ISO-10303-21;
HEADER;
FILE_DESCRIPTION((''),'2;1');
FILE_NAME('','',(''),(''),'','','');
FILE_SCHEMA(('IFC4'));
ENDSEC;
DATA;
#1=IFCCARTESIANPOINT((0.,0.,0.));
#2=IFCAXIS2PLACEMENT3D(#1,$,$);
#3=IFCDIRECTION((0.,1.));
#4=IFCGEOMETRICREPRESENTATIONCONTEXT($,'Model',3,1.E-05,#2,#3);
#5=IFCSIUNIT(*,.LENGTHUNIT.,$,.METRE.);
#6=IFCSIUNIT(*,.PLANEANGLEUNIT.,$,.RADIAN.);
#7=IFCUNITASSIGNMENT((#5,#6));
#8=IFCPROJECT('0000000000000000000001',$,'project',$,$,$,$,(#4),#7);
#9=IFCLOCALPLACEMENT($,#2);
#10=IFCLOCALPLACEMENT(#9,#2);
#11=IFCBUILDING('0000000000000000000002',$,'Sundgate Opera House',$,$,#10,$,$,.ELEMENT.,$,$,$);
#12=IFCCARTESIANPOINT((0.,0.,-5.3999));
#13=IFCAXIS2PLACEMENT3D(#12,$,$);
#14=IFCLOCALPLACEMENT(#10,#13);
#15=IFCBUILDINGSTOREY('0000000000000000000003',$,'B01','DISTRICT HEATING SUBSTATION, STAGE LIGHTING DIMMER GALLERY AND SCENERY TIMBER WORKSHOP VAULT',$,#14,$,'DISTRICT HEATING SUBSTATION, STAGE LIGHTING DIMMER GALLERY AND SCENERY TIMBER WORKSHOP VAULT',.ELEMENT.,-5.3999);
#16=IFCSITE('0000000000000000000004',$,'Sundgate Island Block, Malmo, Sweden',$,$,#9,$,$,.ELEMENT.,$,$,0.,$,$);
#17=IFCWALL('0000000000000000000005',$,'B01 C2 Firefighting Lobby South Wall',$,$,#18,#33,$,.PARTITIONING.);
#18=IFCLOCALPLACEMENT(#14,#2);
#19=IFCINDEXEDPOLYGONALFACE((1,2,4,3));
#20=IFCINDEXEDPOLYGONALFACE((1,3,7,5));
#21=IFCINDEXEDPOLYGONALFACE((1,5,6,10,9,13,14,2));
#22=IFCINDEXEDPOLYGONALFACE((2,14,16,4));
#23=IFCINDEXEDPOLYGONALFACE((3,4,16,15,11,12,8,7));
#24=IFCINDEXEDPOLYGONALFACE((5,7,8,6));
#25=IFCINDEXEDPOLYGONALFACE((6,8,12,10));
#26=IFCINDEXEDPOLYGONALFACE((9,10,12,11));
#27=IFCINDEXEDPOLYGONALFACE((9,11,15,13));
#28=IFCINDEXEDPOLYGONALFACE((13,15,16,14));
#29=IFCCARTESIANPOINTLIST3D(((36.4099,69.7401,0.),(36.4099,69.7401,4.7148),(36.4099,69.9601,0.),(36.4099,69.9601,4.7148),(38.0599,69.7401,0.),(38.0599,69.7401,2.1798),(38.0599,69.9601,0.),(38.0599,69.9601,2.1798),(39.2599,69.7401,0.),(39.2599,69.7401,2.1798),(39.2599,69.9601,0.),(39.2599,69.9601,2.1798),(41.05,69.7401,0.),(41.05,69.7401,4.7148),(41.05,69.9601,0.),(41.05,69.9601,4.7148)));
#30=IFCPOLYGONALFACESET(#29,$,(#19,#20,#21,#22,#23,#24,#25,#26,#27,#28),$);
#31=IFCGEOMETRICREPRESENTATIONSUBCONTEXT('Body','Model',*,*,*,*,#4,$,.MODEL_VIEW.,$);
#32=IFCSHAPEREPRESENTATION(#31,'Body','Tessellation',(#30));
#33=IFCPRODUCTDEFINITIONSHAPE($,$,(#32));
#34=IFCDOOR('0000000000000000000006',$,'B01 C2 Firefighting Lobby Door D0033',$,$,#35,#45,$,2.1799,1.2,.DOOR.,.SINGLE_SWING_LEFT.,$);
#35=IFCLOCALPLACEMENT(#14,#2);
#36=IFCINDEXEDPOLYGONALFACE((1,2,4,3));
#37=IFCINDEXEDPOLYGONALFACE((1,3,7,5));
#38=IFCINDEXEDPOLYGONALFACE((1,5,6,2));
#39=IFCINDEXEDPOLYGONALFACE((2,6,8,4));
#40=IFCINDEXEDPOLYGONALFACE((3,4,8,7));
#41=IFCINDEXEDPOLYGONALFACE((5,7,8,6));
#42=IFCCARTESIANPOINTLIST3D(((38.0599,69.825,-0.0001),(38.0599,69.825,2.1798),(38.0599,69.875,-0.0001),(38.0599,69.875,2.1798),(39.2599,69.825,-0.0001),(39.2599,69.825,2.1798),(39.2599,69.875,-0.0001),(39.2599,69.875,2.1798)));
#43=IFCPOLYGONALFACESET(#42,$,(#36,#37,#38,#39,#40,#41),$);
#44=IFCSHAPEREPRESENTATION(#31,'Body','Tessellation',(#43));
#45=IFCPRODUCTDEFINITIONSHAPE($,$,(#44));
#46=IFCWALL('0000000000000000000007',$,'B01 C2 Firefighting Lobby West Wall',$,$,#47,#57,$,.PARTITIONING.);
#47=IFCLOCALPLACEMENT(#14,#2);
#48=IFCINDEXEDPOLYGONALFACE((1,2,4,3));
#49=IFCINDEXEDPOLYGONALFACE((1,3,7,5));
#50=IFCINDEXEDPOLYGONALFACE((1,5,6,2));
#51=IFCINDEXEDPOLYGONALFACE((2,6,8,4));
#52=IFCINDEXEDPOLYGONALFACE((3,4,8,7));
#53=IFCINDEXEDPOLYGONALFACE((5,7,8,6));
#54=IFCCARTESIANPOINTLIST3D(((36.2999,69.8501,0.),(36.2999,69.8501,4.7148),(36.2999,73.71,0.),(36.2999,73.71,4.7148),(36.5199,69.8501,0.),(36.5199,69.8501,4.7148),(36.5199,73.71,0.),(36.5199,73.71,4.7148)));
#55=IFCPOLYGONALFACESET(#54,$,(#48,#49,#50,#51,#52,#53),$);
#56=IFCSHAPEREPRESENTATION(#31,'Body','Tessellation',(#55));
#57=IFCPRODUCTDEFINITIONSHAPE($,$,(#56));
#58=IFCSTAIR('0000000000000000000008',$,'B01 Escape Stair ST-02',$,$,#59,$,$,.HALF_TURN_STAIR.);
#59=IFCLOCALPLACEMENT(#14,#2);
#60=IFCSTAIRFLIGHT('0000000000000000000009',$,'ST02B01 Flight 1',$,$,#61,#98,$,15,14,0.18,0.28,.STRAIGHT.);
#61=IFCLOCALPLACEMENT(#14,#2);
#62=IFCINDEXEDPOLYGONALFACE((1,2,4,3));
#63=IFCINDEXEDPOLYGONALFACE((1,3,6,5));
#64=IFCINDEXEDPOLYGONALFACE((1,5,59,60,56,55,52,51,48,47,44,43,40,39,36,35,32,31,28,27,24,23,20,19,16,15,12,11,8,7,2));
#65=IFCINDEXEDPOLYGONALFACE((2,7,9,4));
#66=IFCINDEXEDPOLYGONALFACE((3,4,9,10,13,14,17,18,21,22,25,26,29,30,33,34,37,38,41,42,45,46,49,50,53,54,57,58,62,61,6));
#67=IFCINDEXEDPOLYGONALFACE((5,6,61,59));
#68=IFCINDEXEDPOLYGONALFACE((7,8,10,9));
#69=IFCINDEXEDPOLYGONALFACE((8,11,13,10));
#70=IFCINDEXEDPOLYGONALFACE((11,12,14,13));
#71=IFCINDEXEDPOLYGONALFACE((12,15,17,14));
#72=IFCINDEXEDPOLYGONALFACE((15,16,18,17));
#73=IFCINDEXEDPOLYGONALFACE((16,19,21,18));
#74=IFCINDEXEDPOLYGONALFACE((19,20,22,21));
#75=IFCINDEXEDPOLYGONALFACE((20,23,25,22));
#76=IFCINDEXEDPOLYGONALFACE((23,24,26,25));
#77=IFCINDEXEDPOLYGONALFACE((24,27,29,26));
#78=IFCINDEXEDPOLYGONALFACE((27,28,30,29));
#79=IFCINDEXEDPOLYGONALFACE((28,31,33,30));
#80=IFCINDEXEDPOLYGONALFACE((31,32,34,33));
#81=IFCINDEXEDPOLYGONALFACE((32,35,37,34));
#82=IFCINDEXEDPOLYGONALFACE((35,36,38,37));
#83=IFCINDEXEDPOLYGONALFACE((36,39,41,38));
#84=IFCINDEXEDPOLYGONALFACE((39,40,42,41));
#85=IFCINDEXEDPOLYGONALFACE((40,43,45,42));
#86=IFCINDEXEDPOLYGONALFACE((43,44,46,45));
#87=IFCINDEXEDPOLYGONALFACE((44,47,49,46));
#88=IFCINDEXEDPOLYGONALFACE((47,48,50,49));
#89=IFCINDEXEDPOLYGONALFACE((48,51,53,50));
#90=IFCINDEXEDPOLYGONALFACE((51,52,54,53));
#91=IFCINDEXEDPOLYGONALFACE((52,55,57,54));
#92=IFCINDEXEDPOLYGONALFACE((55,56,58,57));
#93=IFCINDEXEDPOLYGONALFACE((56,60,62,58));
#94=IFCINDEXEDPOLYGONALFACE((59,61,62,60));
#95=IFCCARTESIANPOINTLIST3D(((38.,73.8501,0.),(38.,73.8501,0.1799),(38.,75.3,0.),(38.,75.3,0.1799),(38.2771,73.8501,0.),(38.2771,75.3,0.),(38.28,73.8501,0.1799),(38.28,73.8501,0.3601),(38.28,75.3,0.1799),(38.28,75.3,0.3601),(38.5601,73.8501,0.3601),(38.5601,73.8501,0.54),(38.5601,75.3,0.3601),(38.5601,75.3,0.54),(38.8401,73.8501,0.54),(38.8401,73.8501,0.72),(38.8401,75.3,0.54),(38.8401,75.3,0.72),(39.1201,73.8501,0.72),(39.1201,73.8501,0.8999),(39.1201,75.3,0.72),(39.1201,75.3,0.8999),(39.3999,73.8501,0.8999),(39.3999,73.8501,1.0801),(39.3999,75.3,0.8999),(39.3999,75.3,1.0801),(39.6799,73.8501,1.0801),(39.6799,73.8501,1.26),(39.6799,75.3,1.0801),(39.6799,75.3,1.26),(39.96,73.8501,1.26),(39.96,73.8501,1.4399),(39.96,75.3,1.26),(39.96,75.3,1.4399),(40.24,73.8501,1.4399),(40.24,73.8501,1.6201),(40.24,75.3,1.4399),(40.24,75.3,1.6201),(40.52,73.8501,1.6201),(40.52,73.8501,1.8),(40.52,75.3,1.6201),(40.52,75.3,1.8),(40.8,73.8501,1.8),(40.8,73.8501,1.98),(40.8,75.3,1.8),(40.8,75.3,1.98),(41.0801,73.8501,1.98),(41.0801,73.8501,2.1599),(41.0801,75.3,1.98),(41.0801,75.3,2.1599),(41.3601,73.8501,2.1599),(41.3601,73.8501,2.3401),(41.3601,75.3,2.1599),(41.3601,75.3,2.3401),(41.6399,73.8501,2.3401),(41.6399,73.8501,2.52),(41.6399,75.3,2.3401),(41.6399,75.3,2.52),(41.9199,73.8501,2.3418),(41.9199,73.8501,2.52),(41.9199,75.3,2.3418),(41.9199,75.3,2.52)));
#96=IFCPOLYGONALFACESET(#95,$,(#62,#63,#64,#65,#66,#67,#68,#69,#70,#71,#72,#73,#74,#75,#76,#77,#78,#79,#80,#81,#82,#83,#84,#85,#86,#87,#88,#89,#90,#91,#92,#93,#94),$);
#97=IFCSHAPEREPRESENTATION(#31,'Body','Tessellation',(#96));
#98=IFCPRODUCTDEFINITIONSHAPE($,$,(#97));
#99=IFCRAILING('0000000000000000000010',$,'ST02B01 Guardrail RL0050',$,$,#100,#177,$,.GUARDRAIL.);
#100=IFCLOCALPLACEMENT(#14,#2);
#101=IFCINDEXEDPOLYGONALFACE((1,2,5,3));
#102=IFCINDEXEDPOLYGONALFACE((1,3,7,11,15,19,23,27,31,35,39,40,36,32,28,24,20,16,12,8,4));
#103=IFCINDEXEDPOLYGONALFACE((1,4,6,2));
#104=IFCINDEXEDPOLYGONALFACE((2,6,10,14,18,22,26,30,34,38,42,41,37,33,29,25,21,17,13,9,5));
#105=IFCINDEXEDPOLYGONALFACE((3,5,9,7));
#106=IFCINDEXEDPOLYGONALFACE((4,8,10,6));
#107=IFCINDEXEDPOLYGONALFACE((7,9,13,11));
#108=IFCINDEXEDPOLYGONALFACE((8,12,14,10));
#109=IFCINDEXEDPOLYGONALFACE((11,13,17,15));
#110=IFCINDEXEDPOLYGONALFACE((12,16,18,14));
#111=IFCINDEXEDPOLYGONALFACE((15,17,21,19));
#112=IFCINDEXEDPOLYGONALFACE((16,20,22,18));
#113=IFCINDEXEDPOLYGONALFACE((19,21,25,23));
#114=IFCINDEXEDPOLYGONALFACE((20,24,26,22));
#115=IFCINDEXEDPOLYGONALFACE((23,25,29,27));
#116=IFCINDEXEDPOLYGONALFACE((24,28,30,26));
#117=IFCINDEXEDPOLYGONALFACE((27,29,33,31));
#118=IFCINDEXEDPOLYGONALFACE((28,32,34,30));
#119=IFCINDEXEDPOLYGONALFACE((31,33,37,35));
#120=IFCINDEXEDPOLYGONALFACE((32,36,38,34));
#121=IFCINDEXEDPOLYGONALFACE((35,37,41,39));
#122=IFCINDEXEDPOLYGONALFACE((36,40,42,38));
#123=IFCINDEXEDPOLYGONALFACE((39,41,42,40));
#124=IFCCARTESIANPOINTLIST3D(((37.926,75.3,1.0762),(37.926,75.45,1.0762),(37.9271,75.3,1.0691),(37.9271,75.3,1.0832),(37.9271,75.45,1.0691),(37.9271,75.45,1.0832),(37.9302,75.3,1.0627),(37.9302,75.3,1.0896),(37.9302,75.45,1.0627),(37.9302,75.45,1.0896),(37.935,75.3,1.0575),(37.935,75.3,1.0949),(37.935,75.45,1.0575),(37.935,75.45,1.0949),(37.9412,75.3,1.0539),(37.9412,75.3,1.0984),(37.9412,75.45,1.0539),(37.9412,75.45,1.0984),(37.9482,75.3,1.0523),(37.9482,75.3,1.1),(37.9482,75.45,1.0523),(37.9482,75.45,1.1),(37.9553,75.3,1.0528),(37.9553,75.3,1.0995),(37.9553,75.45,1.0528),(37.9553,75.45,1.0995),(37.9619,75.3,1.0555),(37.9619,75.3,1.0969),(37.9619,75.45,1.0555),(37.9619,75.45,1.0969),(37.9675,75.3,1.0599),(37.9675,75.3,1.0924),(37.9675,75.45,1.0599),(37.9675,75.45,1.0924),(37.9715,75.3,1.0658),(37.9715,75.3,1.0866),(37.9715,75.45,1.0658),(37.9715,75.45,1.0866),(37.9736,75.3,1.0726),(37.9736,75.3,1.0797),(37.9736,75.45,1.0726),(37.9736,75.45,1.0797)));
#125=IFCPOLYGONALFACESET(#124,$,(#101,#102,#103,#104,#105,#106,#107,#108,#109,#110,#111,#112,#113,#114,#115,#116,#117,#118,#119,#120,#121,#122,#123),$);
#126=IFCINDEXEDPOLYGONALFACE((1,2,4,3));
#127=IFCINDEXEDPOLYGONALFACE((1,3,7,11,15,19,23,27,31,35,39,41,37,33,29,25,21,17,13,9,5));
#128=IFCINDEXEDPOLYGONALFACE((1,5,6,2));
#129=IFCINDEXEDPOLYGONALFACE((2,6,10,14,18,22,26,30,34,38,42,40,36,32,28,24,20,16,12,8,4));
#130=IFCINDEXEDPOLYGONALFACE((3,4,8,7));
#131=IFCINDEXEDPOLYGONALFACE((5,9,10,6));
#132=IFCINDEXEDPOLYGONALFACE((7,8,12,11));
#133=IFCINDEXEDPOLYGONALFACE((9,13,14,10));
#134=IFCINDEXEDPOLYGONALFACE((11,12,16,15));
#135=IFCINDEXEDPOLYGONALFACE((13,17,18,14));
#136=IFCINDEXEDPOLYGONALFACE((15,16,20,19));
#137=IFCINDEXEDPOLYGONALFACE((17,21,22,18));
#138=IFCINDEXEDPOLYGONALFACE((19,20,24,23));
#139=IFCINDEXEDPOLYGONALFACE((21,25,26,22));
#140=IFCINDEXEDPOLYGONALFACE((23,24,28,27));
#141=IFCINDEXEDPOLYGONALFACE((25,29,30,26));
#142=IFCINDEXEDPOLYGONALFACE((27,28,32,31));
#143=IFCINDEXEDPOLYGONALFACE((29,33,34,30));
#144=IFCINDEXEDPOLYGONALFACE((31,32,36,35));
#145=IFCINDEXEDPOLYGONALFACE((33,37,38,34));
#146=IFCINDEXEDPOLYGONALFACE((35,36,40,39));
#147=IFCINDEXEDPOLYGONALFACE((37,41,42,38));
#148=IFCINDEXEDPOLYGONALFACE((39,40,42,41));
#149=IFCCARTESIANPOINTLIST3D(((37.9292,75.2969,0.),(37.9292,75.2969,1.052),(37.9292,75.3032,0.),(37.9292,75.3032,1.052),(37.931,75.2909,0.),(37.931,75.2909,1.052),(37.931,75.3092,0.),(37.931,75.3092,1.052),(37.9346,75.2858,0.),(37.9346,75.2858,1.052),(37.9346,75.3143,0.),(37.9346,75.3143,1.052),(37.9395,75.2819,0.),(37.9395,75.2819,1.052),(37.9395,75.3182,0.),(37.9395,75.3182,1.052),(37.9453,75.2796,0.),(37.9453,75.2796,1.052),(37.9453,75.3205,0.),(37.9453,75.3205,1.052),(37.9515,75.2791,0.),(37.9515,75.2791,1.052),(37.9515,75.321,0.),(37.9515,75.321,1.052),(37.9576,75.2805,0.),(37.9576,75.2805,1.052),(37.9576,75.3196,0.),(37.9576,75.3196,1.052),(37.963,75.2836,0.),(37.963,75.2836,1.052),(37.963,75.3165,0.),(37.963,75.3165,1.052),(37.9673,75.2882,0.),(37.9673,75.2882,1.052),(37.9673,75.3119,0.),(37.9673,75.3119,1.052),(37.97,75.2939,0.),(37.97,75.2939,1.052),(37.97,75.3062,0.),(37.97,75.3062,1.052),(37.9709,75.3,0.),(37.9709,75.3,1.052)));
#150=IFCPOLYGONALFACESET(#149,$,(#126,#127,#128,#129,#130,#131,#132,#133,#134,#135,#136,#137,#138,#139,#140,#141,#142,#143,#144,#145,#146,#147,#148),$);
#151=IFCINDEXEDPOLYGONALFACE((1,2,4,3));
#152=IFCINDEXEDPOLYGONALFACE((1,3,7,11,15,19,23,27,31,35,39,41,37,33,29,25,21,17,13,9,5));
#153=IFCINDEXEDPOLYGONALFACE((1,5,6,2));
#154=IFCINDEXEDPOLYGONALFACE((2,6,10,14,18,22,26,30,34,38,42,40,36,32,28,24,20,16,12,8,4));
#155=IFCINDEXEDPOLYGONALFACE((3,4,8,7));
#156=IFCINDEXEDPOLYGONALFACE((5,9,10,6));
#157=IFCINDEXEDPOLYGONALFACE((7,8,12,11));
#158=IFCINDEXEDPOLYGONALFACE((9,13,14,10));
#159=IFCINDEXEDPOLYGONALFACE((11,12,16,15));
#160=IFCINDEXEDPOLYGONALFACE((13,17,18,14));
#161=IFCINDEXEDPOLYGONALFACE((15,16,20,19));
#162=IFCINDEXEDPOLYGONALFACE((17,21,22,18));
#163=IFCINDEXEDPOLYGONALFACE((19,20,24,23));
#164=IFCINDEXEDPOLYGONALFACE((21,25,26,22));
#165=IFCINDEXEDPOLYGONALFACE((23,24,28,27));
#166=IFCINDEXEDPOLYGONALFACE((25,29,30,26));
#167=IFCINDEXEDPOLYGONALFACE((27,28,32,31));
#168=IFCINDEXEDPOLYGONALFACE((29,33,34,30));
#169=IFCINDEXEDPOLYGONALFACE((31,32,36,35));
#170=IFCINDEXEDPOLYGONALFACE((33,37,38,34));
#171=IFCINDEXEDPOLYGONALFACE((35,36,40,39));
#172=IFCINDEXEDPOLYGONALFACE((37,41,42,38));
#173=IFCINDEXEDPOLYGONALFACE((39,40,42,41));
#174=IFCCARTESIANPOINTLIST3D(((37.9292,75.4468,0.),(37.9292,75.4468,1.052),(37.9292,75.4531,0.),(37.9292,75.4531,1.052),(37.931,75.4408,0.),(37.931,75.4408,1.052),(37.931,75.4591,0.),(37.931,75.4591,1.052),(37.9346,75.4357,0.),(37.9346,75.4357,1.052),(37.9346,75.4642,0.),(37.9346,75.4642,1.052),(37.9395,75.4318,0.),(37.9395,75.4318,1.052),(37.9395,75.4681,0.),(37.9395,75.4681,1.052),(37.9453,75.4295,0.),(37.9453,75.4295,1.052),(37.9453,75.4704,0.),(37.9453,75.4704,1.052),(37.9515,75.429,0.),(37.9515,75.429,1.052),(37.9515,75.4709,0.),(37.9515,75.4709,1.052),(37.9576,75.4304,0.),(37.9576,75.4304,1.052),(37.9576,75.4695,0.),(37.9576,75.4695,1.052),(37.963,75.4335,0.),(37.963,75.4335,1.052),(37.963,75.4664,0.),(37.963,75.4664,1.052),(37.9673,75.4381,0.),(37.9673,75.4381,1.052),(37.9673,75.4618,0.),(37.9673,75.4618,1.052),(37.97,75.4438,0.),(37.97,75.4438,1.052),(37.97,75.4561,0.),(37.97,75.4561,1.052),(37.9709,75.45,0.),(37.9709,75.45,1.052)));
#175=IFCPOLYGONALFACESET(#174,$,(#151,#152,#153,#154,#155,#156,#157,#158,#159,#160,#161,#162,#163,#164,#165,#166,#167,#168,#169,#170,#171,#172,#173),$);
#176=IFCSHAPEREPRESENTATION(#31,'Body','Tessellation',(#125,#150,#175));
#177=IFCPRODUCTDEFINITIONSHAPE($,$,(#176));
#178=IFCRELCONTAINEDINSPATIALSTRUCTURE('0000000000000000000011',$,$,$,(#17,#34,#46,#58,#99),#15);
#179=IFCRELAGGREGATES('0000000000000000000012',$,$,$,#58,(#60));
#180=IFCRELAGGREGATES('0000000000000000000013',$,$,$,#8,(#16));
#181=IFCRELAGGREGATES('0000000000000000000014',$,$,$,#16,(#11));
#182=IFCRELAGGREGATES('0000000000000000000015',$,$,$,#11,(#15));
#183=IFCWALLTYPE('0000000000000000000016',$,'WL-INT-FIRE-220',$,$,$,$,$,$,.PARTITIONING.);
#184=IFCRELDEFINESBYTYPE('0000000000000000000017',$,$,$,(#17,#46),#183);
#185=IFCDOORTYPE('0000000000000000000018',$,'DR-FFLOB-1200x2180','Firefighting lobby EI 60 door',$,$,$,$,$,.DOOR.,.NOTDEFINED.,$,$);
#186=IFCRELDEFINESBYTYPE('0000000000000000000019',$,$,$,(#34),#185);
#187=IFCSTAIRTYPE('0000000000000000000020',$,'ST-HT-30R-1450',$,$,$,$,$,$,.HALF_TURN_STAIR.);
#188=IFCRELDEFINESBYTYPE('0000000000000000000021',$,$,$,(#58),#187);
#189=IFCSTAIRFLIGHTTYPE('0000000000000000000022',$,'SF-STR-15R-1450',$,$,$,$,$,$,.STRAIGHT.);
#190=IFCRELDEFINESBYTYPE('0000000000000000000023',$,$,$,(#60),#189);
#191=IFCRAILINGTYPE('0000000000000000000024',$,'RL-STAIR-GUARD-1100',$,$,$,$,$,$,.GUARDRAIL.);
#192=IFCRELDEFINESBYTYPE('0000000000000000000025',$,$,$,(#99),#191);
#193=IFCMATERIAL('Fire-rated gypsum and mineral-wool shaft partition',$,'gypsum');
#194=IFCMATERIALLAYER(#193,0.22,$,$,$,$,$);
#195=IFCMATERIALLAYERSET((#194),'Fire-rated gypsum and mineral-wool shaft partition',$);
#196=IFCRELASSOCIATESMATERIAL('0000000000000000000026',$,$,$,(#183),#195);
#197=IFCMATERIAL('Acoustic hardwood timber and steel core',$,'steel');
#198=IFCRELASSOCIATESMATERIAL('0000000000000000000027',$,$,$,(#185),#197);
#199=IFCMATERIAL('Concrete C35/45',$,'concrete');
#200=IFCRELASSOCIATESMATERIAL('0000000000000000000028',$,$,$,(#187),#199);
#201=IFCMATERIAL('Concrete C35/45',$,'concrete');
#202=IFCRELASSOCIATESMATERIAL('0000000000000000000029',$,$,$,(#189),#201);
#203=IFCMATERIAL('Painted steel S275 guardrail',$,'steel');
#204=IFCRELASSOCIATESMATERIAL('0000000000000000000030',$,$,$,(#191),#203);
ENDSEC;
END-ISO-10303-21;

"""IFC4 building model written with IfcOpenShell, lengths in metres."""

from ifc_helpers import new_model, si_unit, direction, frame, frame_2d, origin, origin_2d, place, context, subcontext, project, spatial, polyline, rectangle, circle, outline, extrude, material, layer, layer_set, type_object, element, fill, aggregate, save


model = new_model("IFC4")

# Units and contexts
model_context = context("Model", 3, precision=1e-05, world=origin(), true_north=direction((0.0, 1.0)))
body_context = subcontext(model_context, "Body", "Model", "MODEL_VIEW")
ifc_project = project(units=[si_unit("LENGTHUNIT", "METRE"), si_unit("PLANEANGLEUNIT", "RADIAN")], contexts=[model_context])

# Site, building, storey
site_placement = place(None, origin())
site = spatial("IfcSite", under=ifc_project, at=site_placement, Name="Sundgate Island Block, Malmo, Sweden", CompositionType="ELEMENT", RefElevation=0.0)
building_placement = place(site_placement, origin())
building = spatial("IfcBuilding", under=site, at=building_placement, Name="Sundgate Opera House", CompositionType="ELEMENT")
storey_placement = place(building_placement, frame((0.0, 0.0, -5.3999)))
storey = spatial("IfcBuildingStorey", under=building, at=storey_placement, Name="B01", Description="DISTRICT HEATING SUBSTATION, STAGE LIGHTING DIMMER GALLERY AND SCENERY TIMBER WORKSHOP VAULT", LongName="DISTRICT HEATING SUBSTATION, STAGE LIGHTING DIMMER GALLERY AND SCENERY TIMBER WORKSHOP VAULT", CompositionType="ELEMENT", Elevation=-5.3999)

# Wall, opening, door
ifc_material_1 = material(Name="Fire-rated gypsum and mineral-wool shaft partition", Category="gypsum")
ifc_layer_1 = layer(ifc_material_1, 0.22)
ifc_layer_set_1 = layer_set([ifc_layer_1], Name="Fire-rated gypsum and mineral-wool shaft partition")
wall_type_1 = type_object("IfcWallType", Name="WL-INT-FIRE-220", PredefinedType="PARTITIONING", material=ifc_layer_set_1)
wall_1_placement = place(storey_placement, frame((36.4099, 69.8501, 0.0), z_axis=(0.0, 0.0, 1.0), x_axis=(1.0, 0.0, 0.0)))
wall_1 = element("IfcWall", 1, at=wall_1_placement, inside=storey, type_object=wall_type_1, Name="B01 C2 Firefighting Lobby South Wall", PredefinedType="PARTITIONING", context=body_context, shape_type="SweptSolid", body=[
    extrude(rectangle(XDim=4.6401, YDim=0.22, at=frame_2d((2.3201, 0.0))), origin(), (0.0, 0.0, 1.0), 4.7148),
])
opening_1_placement = place(wall_1_placement, frame((1.6499, 0.0, 0.0)))
opening_1 = element("IfcOpeningElement", 2, at=opening_1_placement, cuts=wall_1, PredefinedType="OPENING", context=body_context, shape_type="SweptSolid", body=[
    extrude(rectangle(XDim=1.2, YDim=2.1799, at=frame_2d((0.6001, 1.0898))), frame((0.0, 0.1199, 0.0), z_axis=(0.0, -1.0, 0.0), x_axis=(1.0, 0.0, 0.0)), (0.0, 0.0, 1.0), 0.24),
])
ifc_material_2 = material(Name="Acoustic hardwood timber and steel core", Category="steel")
door_type_1 = type_object("IfcDoorType", Name="DR-FFLOB-1200x2180", Description="Firefighting lobby EI 60 door", OperationType="NOTDEFINED", PredefinedType="DOOR", material=ifc_material_2)
door_1_placement = place(opening_1_placement, origin())
door_1 = element("IfcDoor", 3, at=door_1_placement, inside=storey, type_object=door_type_1, Name="B01 C2 Firefighting Lobby Door D0033", OperationType="SINGLE_SWING_LEFT", OverallHeight=2.1799, OverallWidth=1.2, PredefinedType="DOOR", context=body_context, shape_type="SweptSolid", body=[
    extrude(rectangle(XDim=1.2, YDim=2.1799, at=frame_2d((0.6001, 1.0898))), frame((0.0, 0.0249, 0.0), z_axis=(0.0, -1.0, 0.0), x_axis=(1.0, 0.0, 0.0)), (0.0, 0.0, 1.0), 0.05),
])
fill(opening_1, door_1)

# Wall
wall_2_placement = place(storey_placement, frame((36.4099, 69.8501, 0.0), z_axis=(0.0, 0.0, 1.0), x_axis=(0.0, 1.0, 0.0)))
element("IfcWall", 4, at=wall_2_placement, inside=storey, type_object=wall_type_1, Name="B01 C2 Firefighting Lobby West Wall", PredefinedType="PARTITIONING", context=body_context, shape_type="SweptSolid", body=[
    extrude(rectangle(XDim=3.8599, YDim=0.22, at=frame_2d((1.9299, 0.0))), origin(), (0.0, 0.0, 1.0), 4.7148),
])

# Stair, stair flight
ifc_material_3 = material(Name="Concrete C35/45", Category="concrete")
stair_type = type_object("IfcStairType", Name="ST-HT-30R-1450", PredefinedType="HALF_TURN_STAIR", material=ifc_material_3)
stair_placement = place(storey_placement, origin())
stair = element("IfcStair", 5, at=stair_placement, inside=storey, type_object=stair_type, Name="B01 Escape Stair ST-02", PredefinedType="HALF_TURN_STAIR")
ifc_material_4 = material(Name="Concrete C35/45", Category="concrete")
stair_flight_type = type_object("IfcStairFlightType", Name="SF-STR-15R-1450", PredefinedType="STRAIGHT", material=ifc_material_4)
stair_flight_placement = place(storey_placement, frame((38.0, 74.575, 0.0), z_axis=(0.0, 0.0, 1.0), x_axis=(1.0, 0.0, 0.0)))
stair_flight = element("IfcStairFlight", 6, at=stair_flight_placement, type_object=stair_flight_type, Name="ST02B01 Flight 1", NumberOfRisers=15, NumberOfTreads=14, PredefinedType="STRAIGHT", RiserHeight=0.18, TreadLength=0.28, context=body_context, shape_type="SweptSolid", body=[
    extrude(outline(polyline([(0.0, 0.0), (0.0, 0.1799), (0.28, 0.1799), (0.28, 0.3601), (0.5601, 0.3601), (0.5601, 0.54), (0.8401, 0.54), (0.8401, 0.72), (1.1201, 0.72), (1.1201, 0.8999), (1.3999, 0.8999), (1.3999, 1.0801), (1.6799, 1.0801), (1.6799, 1.26), (1.96, 1.26), (1.96, 1.4399), (2.24, 1.4399), (2.24, 1.6201), (2.52, 1.6201), (2.52, 1.8), (2.8, 1.8), (2.8, 1.98), (3.0801, 1.98), (3.0801, 2.1599), (3.3601, 2.1599), (3.3601, 2.3401), (3.6399, 2.3401), (3.6399, 2.52), (3.9199, 2.52), (3.9199, 2.7), (3.9199, 2.3418), (0.2771, 0.0), (0.0, 0.0)])), frame((0.0, 0.7251, 0.0), z_axis=(0.0, -1.0, 0.0), x_axis=(1.0, 0.0, 0.0)), (0.0, 0.0, 1.0), 1.45),
])
aggregate(stair, [stair_flight])

# Railing
ifc_material_5 = material(Name="Painted steel S275 guardrail", Category="steel")
railing_type_1 = type_object("IfcRailingType", Name="RL-STAIR-GUARD-1100", PredefinedType="GUARDRAIL", material=ifc_material_5)
railing_1_placement = place(storey_placement, frame((37.95, 75.3, 0.0)))
element("IfcRailing", 7, at=railing_1_placement, inside=storey, type_object=railing_type_1, Name="ST02B01 Guardrail RL0050", PredefinedType="GUARDRAIL", context=body_context, shape_type="SweptSolid", body=[
    extrude(circle(Radius=0.0239, at=origin_2d()), frame((0.0, 0.0, 1.0762), z_axis=(0.0, 1.0, 0.0), x_axis=(-1.0, 0.0, 0.0)), (0.0, 0.0, 1.0), 0.1499),
    extrude(circle(Radius=0.021, at=origin_2d()), origin(), (0.0, 0.0, 1.0), 1.052),
    extrude(circle(Radius=0.021, at=origin_2d()), frame((0.0, 0.1499, 0.0)), (0.0, 0.0, 1.0), 1.052),
])

save(model, "model.ifc")
